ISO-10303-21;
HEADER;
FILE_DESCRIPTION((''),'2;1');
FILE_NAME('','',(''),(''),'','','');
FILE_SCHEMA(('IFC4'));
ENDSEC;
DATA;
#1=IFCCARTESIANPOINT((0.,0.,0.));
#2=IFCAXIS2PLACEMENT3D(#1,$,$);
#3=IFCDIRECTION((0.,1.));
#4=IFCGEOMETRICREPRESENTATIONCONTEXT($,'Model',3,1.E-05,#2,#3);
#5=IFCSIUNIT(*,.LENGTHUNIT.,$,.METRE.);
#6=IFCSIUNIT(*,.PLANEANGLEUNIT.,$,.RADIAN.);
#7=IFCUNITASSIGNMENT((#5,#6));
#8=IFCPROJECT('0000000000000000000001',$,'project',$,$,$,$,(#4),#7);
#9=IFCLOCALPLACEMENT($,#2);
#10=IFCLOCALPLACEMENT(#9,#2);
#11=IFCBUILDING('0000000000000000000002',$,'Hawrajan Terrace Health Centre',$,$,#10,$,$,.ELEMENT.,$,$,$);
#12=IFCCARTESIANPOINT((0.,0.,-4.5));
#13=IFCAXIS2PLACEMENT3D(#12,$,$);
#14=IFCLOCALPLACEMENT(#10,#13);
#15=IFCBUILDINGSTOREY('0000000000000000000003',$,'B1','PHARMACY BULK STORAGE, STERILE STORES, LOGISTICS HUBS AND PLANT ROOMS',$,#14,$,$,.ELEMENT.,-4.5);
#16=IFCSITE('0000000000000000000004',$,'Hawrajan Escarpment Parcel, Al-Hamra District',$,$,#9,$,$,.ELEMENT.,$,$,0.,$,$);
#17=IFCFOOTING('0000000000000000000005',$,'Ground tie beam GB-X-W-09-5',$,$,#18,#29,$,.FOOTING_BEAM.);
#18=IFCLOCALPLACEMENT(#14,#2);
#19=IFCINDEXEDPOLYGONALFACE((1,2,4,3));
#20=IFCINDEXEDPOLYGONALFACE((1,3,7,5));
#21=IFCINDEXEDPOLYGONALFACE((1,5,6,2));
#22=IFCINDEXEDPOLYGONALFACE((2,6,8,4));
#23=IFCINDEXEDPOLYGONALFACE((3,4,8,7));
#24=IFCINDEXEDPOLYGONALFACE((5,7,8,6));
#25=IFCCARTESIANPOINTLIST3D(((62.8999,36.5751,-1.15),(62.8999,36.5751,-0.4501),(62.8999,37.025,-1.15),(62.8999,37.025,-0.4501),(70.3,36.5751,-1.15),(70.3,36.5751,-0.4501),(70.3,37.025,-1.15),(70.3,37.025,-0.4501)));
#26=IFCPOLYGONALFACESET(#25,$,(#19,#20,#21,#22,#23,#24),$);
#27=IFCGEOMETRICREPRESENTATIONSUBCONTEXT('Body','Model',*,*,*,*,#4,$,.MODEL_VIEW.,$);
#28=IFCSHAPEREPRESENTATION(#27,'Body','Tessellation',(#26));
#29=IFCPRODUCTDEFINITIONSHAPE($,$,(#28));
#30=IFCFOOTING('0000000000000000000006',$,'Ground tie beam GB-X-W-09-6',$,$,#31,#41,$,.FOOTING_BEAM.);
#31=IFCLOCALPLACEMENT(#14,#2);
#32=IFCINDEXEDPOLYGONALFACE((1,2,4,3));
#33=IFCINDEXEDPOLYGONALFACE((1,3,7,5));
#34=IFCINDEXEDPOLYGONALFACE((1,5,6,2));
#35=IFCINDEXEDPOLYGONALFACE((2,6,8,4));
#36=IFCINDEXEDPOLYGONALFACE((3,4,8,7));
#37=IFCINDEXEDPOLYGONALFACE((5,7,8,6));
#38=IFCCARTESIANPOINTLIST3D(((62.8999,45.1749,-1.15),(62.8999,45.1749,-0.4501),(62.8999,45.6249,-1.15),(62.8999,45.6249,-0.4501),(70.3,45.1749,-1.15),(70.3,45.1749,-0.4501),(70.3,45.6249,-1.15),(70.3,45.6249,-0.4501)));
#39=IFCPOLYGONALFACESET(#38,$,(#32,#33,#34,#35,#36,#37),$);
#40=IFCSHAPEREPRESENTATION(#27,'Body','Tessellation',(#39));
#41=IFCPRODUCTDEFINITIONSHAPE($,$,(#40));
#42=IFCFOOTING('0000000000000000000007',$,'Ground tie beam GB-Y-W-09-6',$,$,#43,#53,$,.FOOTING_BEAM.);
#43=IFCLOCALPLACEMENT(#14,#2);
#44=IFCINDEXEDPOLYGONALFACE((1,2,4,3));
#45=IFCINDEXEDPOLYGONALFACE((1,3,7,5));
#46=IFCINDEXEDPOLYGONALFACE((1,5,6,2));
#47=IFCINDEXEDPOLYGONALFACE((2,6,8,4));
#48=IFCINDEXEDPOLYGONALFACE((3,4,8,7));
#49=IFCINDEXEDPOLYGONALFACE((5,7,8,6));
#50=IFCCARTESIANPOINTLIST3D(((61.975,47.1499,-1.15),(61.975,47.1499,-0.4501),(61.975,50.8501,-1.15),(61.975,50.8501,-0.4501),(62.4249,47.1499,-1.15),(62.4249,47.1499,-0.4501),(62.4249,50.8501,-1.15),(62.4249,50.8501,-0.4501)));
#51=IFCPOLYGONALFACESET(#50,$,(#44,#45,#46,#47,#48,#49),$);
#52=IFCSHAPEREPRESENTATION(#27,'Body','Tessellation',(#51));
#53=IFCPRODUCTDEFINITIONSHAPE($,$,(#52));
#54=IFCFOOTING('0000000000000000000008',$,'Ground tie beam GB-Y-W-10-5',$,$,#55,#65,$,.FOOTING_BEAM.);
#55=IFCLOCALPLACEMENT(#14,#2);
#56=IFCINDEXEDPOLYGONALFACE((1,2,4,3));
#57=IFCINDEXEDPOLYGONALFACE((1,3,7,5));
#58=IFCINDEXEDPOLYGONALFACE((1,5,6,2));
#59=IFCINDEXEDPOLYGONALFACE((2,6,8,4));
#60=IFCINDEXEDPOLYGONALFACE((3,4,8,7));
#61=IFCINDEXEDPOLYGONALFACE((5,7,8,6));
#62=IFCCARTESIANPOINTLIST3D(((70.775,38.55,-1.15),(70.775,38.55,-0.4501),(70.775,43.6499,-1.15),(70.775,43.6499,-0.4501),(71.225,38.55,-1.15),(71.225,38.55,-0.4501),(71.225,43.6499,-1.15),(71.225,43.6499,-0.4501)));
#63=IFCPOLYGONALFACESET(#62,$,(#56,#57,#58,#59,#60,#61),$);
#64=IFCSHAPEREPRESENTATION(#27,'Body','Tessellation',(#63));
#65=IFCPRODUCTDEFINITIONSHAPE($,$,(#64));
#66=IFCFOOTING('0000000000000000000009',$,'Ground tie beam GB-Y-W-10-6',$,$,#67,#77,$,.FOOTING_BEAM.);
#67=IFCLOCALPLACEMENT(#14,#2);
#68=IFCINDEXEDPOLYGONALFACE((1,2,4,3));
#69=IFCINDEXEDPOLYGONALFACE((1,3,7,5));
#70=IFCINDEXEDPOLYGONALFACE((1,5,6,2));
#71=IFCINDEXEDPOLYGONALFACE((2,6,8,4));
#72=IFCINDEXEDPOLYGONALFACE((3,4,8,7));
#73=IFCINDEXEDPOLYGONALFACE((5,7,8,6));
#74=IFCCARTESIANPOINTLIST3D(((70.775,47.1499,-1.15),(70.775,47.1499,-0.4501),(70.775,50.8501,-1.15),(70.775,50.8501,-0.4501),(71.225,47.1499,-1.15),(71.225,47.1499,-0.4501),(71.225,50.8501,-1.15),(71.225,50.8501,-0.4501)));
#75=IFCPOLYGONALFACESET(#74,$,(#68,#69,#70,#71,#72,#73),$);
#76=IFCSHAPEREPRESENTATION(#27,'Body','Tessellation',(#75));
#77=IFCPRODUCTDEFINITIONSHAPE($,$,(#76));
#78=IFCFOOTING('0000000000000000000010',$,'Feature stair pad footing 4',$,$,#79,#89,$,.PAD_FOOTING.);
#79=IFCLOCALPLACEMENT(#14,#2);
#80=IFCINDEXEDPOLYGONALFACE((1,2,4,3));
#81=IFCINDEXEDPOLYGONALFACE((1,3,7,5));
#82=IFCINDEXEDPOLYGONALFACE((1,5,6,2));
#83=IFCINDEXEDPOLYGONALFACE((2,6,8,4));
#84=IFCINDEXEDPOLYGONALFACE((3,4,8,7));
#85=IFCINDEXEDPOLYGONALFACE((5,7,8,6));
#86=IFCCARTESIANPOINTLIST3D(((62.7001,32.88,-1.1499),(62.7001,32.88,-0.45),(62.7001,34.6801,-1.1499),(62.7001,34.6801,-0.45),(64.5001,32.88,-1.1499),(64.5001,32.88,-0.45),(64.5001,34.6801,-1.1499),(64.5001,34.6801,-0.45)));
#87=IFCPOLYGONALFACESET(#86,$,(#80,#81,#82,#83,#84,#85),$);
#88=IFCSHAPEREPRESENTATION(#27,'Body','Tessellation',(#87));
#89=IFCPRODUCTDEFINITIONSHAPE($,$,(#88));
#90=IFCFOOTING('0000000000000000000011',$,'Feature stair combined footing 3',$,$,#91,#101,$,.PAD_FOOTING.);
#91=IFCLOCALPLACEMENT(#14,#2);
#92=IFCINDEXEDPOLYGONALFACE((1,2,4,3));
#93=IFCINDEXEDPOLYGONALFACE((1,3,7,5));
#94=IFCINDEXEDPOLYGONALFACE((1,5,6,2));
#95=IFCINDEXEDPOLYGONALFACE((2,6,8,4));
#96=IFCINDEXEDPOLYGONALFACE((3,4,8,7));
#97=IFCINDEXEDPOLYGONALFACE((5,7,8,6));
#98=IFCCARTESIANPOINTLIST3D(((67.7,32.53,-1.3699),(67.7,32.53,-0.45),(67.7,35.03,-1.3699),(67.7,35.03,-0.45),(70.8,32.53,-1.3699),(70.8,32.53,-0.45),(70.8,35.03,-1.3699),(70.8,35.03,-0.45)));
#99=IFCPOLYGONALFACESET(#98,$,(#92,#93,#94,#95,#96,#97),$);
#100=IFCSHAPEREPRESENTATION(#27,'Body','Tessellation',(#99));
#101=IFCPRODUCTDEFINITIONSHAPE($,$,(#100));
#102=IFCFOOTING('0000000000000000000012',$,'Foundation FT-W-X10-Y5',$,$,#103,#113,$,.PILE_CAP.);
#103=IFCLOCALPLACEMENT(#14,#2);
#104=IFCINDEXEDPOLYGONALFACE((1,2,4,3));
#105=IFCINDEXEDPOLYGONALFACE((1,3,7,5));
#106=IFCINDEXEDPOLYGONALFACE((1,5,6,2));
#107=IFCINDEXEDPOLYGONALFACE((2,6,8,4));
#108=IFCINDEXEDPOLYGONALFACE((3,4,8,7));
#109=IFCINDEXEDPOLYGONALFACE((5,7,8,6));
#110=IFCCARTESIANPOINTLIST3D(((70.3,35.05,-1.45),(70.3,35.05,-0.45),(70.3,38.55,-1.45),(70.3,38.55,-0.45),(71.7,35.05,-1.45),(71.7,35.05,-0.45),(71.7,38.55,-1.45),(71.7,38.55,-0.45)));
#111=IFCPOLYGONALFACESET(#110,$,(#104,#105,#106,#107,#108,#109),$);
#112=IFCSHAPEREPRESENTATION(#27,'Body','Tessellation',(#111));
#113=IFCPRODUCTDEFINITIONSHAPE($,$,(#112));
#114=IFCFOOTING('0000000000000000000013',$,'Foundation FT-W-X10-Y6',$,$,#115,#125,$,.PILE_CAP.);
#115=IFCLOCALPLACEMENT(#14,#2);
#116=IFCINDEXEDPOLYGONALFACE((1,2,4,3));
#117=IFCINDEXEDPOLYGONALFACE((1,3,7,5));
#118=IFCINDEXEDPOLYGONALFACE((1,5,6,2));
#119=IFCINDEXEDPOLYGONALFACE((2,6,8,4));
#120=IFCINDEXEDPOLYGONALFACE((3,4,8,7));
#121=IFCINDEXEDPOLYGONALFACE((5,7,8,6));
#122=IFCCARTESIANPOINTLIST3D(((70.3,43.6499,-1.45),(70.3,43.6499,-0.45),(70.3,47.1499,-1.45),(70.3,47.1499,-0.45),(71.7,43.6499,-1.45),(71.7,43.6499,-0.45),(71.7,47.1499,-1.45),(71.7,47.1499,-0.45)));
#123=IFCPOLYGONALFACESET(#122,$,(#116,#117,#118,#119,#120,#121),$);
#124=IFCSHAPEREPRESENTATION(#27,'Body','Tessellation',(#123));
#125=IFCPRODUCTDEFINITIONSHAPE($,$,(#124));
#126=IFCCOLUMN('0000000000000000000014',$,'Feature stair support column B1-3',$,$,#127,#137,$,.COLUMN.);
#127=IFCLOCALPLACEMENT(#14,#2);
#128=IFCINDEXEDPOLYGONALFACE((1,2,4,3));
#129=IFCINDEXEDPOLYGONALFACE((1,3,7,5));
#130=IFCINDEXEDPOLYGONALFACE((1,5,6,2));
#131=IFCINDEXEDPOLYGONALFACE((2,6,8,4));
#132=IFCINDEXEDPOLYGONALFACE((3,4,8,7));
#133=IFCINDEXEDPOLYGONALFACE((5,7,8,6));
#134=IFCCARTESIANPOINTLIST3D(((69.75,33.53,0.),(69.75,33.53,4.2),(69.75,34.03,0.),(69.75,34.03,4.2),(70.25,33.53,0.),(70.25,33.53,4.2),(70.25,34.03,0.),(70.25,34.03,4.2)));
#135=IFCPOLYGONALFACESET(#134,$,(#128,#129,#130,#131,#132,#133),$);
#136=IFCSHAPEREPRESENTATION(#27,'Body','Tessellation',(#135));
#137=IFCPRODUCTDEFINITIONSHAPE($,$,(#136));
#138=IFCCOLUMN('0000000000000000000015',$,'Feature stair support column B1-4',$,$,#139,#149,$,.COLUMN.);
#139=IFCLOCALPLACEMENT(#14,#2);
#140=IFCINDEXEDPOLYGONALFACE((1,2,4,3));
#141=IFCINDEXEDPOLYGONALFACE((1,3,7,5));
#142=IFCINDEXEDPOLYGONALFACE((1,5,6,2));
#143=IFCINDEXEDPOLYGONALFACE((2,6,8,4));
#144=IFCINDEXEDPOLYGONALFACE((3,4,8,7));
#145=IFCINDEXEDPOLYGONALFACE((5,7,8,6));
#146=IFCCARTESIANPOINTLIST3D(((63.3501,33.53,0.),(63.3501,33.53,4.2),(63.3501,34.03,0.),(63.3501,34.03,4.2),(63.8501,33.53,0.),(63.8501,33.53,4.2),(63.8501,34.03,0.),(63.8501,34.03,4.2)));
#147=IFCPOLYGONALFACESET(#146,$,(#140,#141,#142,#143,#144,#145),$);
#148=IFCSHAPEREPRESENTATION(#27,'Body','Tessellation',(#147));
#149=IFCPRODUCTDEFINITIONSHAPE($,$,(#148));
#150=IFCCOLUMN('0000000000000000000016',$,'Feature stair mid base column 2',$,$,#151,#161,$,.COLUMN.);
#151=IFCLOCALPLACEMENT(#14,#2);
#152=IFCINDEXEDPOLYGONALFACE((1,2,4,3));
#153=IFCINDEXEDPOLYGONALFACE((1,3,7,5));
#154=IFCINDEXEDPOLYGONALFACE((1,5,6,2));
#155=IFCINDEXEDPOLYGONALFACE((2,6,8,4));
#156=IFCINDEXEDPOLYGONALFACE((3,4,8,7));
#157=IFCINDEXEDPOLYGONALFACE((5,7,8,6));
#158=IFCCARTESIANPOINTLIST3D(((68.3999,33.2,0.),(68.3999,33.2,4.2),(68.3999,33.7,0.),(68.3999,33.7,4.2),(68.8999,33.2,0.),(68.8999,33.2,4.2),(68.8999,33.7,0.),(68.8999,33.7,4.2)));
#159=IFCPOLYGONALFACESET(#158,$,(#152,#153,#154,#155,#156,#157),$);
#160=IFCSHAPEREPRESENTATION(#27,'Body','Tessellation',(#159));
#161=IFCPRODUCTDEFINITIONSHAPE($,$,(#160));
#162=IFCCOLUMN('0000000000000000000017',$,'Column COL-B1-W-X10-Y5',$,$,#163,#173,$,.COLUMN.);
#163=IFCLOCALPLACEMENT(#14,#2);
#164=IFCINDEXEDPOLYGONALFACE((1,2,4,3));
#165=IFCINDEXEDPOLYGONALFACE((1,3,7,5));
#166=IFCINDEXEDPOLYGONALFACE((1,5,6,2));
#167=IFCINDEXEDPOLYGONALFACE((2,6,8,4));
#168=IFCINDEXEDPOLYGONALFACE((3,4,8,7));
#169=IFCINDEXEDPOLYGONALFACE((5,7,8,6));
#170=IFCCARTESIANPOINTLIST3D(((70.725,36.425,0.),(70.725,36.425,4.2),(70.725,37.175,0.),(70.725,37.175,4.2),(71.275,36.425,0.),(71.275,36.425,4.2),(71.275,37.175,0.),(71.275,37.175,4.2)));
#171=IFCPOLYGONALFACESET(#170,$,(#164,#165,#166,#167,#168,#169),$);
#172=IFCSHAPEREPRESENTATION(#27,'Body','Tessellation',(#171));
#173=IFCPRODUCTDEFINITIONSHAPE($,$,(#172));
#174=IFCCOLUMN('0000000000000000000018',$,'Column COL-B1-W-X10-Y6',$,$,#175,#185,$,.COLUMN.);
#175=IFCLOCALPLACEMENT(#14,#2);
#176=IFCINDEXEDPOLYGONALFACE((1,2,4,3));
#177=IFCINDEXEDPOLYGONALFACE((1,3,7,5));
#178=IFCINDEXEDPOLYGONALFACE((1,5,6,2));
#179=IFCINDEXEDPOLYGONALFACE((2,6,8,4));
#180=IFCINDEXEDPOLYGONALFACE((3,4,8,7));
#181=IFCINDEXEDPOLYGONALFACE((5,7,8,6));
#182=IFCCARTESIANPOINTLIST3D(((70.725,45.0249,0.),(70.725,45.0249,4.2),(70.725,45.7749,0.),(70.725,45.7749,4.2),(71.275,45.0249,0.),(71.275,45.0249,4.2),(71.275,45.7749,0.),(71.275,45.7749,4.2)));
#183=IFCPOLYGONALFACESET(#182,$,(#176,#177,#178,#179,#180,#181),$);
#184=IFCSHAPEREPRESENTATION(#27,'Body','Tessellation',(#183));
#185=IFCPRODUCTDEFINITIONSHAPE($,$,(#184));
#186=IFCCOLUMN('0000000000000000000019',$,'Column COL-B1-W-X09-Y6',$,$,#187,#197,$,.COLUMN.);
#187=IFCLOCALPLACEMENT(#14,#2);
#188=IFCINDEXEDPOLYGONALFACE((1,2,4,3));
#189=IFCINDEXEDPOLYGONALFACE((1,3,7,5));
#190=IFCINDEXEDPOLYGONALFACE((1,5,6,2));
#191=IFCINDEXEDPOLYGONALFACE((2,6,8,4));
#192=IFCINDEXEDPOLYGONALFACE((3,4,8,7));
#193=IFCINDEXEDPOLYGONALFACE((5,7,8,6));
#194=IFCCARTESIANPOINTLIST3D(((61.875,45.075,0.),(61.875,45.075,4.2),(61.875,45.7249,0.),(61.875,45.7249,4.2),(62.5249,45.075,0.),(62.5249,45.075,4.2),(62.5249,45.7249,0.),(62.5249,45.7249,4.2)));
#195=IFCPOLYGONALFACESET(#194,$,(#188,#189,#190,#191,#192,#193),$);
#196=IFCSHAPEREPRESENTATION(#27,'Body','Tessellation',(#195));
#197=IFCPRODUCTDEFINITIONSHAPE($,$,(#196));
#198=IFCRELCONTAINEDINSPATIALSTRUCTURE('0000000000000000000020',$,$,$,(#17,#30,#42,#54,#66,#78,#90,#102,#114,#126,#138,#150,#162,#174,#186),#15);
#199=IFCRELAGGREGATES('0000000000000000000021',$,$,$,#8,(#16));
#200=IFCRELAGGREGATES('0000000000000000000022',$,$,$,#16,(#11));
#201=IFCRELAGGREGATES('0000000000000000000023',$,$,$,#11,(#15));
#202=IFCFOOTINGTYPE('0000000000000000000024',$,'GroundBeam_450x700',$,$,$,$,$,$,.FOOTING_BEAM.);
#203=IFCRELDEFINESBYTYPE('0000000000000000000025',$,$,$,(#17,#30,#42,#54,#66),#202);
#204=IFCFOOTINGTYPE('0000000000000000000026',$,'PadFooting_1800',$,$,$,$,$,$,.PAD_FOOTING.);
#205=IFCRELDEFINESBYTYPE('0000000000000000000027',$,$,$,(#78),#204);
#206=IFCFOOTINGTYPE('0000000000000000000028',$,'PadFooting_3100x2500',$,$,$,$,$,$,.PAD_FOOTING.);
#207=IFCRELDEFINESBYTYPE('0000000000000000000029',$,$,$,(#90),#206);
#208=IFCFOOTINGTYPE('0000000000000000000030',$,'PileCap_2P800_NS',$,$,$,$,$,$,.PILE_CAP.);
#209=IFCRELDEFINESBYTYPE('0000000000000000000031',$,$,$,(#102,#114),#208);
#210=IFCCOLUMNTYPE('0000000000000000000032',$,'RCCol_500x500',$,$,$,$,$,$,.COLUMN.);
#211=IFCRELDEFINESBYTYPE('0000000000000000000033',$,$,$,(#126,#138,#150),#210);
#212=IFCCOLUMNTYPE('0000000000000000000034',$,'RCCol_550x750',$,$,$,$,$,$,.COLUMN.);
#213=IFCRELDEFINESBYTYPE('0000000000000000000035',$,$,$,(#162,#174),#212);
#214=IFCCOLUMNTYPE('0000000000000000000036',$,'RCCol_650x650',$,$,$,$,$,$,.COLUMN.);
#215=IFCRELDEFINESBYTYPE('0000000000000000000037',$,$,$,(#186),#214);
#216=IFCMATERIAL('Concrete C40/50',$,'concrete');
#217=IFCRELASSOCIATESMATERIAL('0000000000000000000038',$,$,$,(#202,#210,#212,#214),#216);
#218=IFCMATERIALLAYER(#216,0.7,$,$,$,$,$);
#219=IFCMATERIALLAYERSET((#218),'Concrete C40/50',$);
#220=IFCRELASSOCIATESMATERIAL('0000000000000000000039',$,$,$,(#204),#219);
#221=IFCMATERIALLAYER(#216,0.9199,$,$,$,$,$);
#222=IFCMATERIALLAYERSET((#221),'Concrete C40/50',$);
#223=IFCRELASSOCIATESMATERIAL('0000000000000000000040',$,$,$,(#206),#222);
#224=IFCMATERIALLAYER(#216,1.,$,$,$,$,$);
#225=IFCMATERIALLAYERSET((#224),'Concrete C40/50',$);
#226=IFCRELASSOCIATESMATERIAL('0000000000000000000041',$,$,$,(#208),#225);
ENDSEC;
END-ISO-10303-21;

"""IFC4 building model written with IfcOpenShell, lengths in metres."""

from ifc_helpers import new_model, si_unit, direction, frame, origin, origin_2d, place, context, subcontext, project, spatial, rectangle, extrude, material, layer, layer_set, material_profile, profile_set, type_object, element, save


model = new_model("IFC4")

# Units and contexts
model_context = context("Model", 3, precision=1e-05, world=origin(), true_north=direction((0.0, 1.0)))
body_context = subcontext(model_context, "Body", "Model", "MODEL_VIEW")
ifc_project = project(units=[si_unit("LENGTHUNIT", "METRE"), si_unit("PLANEANGLEUNIT", "RADIAN")], contexts=[model_context])

# Site, building, storey
site_placement = place(None, origin())
site = spatial("IfcSite", under=ifc_project, at=site_placement, Name="Hawrajan Escarpment Parcel, Al-Hamra District", CompositionType="ELEMENT", RefElevation=0.0)
building_placement = place(site_placement, origin())
building = spatial("IfcBuilding", under=site, at=building_placement, Name="Hawrajan Terrace Health Centre", CompositionType="ELEMENT")
storey_placement = place(building_placement, frame((0.0, 0.0, -4.5)))
storey = spatial("IfcBuildingStorey", under=building, at=storey_placement, Name="B1", Description="PHARMACY BULK STORAGE, STERILE STORES, LOGISTICS HUBS AND PLANT ROOMS", CompositionType="ELEMENT", Elevation=-4.5)

# Shared definitions
ifc_material_1 = material(Name="Concrete C40/50", Category="concrete")

# Footings
ifc_material_profile_1 = material_profile(ifc_material_1, rectangle(XDim=0.45, YDim=0.7, at=origin_2d()), Name="RC BM 450x700")
ifc_profile_set_1 = profile_set([ifc_material_profile_1], Name="Concrete C40/50")
footing_type_1 = type_object("IfcFootingType", Name="GroundBeam_450x700", PredefinedType="FOOTING_BEAM", material=ifc_profile_set_1)
for number, where, z_axis, x_axis, name in (
    (1, (62.8999, 36.8, -0.8), (1.0, 0.0, 0.0), (0.0, 1.0, 0.0), "Ground tie beam GB-X-W-09-5"),
    (2, (62.8999, 45.3999, -0.8), (1.0, 0.0, 0.0), (0.0, 1.0, 0.0), "Ground tie beam GB-X-W-09-6"),
):
    element("IfcFooting", number, at=place(storey_placement, frame(where, z_axis=z_axis, x_axis=x_axis)), inside=storey, type_object=footing_type_1, Name=name, PredefinedType="FOOTING_BEAM", context=body_context, shape_type="SweptSolid", body=[
        extrude(rectangle(XDim=0.45, YDim=0.7, at=origin_2d()), origin(), (0.0, 0.0, 1.0), 7.4001),
    ])
footing_1_placement = place(storey_placement, frame((62.2, 47.1499, -0.8), z_axis=(0.0, 1.0, 0.0), x_axis=(-1.0, 0.0, 0.0)))
element("IfcFooting", 3, at=footing_1_placement, inside=storey, type_object=footing_type_1, Name="Ground tie beam GB-Y-W-09-6", PredefinedType="FOOTING_BEAM", context=body_context, shape_type="SweptSolid", body=[
    extrude(rectangle(XDim=0.45, YDim=0.7, at=origin_2d()), origin(), (0.0, 0.0, 1.0), 3.7002),
])
footing_2_placement = place(storey_placement, frame((71.0, 38.55, -0.8), z_axis=(0.0, 1.0, 0.0), x_axis=(-1.0, 0.0, 0.0)))
element("IfcFooting", 4, at=footing_2_placement, inside=storey, type_object=footing_type_1, Name="Ground tie beam GB-Y-W-10-5", PredefinedType="FOOTING_BEAM", context=body_context, shape_type="SweptSolid", body=[
    extrude(rectangle(XDim=0.45, YDim=0.7, at=origin_2d()), origin(), (0.0, 0.0, 1.0), 5.0999),
])
footing_3_placement = place(storey_placement, frame((71.0, 47.1499, -0.8), z_axis=(0.0, 1.0, 0.0), x_axis=(-1.0, 0.0, 0.0)))
element("IfcFooting", 5, at=footing_3_placement, inside=storey, type_object=footing_type_1, Name="Ground tie beam GB-Y-W-10-6", PredefinedType="FOOTING_BEAM", context=body_context, shape_type="SweptSolid", body=[
    extrude(rectangle(XDim=0.45, YDim=0.7, at=origin_2d()), origin(), (0.0, 0.0, 1.0), 3.7002),
])
ifc_layer_1 = layer(ifc_material_1, 0.7)
ifc_layer_set_1 = layer_set([ifc_layer_1], Name="Concrete C40/50")
footing_type_2 = type_object("IfcFootingType", Name="PadFooting_1800", PredefinedType="PAD_FOOTING", material=ifc_layer_set_1)
footing_4_placement = place(storey_placement, frame((63.6001, 33.78, -1.1499), z_axis=(0.0, 0.0, 1.0), x_axis=(1.0, 0.0, 0.0)))
element("IfcFooting", 6, at=footing_4_placement, inside=storey, type_object=footing_type_2, Name="Feature stair pad footing 4", PredefinedType="PAD_FOOTING", context=body_context, shape_type="SweptSolid", body=[
    extrude(rectangle(XDim=1.8, YDim=1.8, at=origin_2d()), origin(), (0.0, 0.0, 1.0), 0.7),
])
ifc_layer_2 = layer(ifc_material_1, 0.9199)
ifc_layer_set_2 = layer_set([ifc_layer_2], Name="Concrete C40/50")
footing_type_3 = type_object("IfcFootingType", Name="PadFooting_3100x2500", PredefinedType="PAD_FOOTING", material=ifc_layer_set_2)
footing_5_placement = place(storey_placement, frame((69.25, 33.78, -1.3699), z_axis=(0.0, 0.0, 1.0), x_axis=(1.0, 0.0, 0.0)))
element("IfcFooting", 7, at=footing_5_placement, inside=storey, type_object=footing_type_3, Name="Feature stair combined footing 3", PredefinedType="PAD_FOOTING", context=body_context, shape_type="SweptSolid", body=[
    extrude(rectangle(XDim=3.1001, YDim=2.5, at=origin_2d()), origin(), (0.0, 0.0, 1.0), 0.9199),
])
ifc_layer_3 = layer(ifc_material_1, 1.0)
ifc_layer_set_3 = layer_set([ifc_layer_3], Name="Concrete C40/50")
footing_type_4 = type_object("IfcFootingType", Name="PileCap_2P800_NS", PredefinedType="PILE_CAP", material=ifc_layer_set_3)
for number, where, z_axis, x_axis, name in (
    (8, (71.0, 36.8, -1.45), (0.0, 0.0, 1.0), (1.0, 0.0, 0.0), "Foundation FT-W-X10-Y5"),
    (9, (71.0, 45.3999, -1.45), (0.0, 0.0, 1.0), (1.0, 0.0, 0.0), "Foundation FT-W-X10-Y6"),
):
    element("IfcFooting", number, at=place(storey_placement, frame(where, z_axis=z_axis, x_axis=x_axis)), inside=storey, type_object=footing_type_4, Name=name, PredefinedType="PILE_CAP", context=body_context, shape_type="SweptSolid", body=[
        extrude(rectangle(XDim=1.3999, YDim=3.5, at=origin_2d()), origin(), (0.0, 0.0, 1.0), 1.0),
    ])

# Columns
ifc_material_profile_2 = material_profile(ifc_material_1, rectangle(XDim=0.5, YDim=0.5, at=origin_2d()), Name="RC 500x500")
ifc_profile_set_2 = profile_set([ifc_material_profile_2], Name="Concrete C40/50")
column_type_1 = type_object("IfcColumnType", Name="RCCol_500x500", PredefinedType="COLUMN", material=ifc_profile_set_2)
for number, where, z_axis, x_axis, name in (
    (10, (70.0, 33.78, 0.0), (0.0, 0.0, 1.0), (1.0, 0.0, 0.0), "Feature stair support column B1-3"),
    (11, (63.6001, 33.78, 0.0), (0.0, 0.0, 1.0), (1.0, 0.0, 0.0), "Feature stair support column B1-4"),
    (12, (68.6499, 33.45, 0.0), (0.0, 0.0, 1.0), (1.0, 0.0, 0.0), "Feature stair mid base column 2"),
):
    element("IfcColumn", number, at=place(storey_placement, frame(where, z_axis=z_axis, x_axis=x_axis)), inside=storey, type_object=column_type_1, Name=name, PredefinedType="COLUMN", context=body_context, shape_type="SweptSolid", body=[
        extrude(rectangle(XDim=0.5, YDim=0.5, at=origin_2d()), origin(), (0.0, 0.0, 1.0), 4.2),
    ])
ifc_material_profile_3 = material_profile(ifc_material_1, rectangle(XDim=0.55, YDim=0.75, at=origin_2d()), Name="RC 550x750")
ifc_profile_set_3 = profile_set([ifc_material_profile_3], Name="Concrete C40/50")
column_type_2 = type_object("IfcColumnType", Name="RCCol_550x750", PredefinedType="COLUMN", material=ifc_profile_set_3)
for number, where, z_axis, x_axis, name in (
    (13, (71.0, 36.8, 0.0), (0.0, 0.0, 1.0), (1.0, 0.0, 0.0), "Column COL-B1-W-X10-Y5"),
    (14, (71.0, 45.3999, 0.0), (0.0, 0.0, 1.0), (1.0, 0.0, 0.0), "Column COL-B1-W-X10-Y6"),
):
    element("IfcColumn", number, at=place(storey_placement, frame(where, z_axis=z_axis, x_axis=x_axis)), inside=storey, type_object=column_type_2, Name=name, PredefinedType="COLUMN", context=body_context, shape_type="SweptSolid", body=[
        extrude(rectangle(XDim=0.55, YDim=0.75, at=origin_2d()), origin(), (0.0, 0.0, 1.0), 4.2),
    ])
ifc_material_profile_4 = material_profile(ifc_material_1, rectangle(XDim=0.6499, YDim=0.6499, at=origin_2d()), Name="RC 650x650")
ifc_profile_set_4 = profile_set([ifc_material_profile_4], Name="Concrete C40/50")
column_type_3 = type_object("IfcColumnType", Name="RCCol_650x650", PredefinedType="COLUMN", material=ifc_profile_set_4)
column_placement = place(storey_placement, frame((62.2, 45.3999, 0.0), z_axis=(0.0, 0.0, 1.0), x_axis=(1.0, 0.0, 0.0)))
element("IfcColumn", 15, at=column_placement, inside=storey, type_object=column_type_3, Name="Column COL-B1-W-X09-Y6", PredefinedType="COLUMN", context=body_context, shape_type="SweptSolid", body=[
    extrude(rectangle(XDim=0.6499, YDim=0.6499, at=origin_2d()), origin(), (0.0, 0.0, 1.0), 4.2),
])

save(model, "model.ifc")
